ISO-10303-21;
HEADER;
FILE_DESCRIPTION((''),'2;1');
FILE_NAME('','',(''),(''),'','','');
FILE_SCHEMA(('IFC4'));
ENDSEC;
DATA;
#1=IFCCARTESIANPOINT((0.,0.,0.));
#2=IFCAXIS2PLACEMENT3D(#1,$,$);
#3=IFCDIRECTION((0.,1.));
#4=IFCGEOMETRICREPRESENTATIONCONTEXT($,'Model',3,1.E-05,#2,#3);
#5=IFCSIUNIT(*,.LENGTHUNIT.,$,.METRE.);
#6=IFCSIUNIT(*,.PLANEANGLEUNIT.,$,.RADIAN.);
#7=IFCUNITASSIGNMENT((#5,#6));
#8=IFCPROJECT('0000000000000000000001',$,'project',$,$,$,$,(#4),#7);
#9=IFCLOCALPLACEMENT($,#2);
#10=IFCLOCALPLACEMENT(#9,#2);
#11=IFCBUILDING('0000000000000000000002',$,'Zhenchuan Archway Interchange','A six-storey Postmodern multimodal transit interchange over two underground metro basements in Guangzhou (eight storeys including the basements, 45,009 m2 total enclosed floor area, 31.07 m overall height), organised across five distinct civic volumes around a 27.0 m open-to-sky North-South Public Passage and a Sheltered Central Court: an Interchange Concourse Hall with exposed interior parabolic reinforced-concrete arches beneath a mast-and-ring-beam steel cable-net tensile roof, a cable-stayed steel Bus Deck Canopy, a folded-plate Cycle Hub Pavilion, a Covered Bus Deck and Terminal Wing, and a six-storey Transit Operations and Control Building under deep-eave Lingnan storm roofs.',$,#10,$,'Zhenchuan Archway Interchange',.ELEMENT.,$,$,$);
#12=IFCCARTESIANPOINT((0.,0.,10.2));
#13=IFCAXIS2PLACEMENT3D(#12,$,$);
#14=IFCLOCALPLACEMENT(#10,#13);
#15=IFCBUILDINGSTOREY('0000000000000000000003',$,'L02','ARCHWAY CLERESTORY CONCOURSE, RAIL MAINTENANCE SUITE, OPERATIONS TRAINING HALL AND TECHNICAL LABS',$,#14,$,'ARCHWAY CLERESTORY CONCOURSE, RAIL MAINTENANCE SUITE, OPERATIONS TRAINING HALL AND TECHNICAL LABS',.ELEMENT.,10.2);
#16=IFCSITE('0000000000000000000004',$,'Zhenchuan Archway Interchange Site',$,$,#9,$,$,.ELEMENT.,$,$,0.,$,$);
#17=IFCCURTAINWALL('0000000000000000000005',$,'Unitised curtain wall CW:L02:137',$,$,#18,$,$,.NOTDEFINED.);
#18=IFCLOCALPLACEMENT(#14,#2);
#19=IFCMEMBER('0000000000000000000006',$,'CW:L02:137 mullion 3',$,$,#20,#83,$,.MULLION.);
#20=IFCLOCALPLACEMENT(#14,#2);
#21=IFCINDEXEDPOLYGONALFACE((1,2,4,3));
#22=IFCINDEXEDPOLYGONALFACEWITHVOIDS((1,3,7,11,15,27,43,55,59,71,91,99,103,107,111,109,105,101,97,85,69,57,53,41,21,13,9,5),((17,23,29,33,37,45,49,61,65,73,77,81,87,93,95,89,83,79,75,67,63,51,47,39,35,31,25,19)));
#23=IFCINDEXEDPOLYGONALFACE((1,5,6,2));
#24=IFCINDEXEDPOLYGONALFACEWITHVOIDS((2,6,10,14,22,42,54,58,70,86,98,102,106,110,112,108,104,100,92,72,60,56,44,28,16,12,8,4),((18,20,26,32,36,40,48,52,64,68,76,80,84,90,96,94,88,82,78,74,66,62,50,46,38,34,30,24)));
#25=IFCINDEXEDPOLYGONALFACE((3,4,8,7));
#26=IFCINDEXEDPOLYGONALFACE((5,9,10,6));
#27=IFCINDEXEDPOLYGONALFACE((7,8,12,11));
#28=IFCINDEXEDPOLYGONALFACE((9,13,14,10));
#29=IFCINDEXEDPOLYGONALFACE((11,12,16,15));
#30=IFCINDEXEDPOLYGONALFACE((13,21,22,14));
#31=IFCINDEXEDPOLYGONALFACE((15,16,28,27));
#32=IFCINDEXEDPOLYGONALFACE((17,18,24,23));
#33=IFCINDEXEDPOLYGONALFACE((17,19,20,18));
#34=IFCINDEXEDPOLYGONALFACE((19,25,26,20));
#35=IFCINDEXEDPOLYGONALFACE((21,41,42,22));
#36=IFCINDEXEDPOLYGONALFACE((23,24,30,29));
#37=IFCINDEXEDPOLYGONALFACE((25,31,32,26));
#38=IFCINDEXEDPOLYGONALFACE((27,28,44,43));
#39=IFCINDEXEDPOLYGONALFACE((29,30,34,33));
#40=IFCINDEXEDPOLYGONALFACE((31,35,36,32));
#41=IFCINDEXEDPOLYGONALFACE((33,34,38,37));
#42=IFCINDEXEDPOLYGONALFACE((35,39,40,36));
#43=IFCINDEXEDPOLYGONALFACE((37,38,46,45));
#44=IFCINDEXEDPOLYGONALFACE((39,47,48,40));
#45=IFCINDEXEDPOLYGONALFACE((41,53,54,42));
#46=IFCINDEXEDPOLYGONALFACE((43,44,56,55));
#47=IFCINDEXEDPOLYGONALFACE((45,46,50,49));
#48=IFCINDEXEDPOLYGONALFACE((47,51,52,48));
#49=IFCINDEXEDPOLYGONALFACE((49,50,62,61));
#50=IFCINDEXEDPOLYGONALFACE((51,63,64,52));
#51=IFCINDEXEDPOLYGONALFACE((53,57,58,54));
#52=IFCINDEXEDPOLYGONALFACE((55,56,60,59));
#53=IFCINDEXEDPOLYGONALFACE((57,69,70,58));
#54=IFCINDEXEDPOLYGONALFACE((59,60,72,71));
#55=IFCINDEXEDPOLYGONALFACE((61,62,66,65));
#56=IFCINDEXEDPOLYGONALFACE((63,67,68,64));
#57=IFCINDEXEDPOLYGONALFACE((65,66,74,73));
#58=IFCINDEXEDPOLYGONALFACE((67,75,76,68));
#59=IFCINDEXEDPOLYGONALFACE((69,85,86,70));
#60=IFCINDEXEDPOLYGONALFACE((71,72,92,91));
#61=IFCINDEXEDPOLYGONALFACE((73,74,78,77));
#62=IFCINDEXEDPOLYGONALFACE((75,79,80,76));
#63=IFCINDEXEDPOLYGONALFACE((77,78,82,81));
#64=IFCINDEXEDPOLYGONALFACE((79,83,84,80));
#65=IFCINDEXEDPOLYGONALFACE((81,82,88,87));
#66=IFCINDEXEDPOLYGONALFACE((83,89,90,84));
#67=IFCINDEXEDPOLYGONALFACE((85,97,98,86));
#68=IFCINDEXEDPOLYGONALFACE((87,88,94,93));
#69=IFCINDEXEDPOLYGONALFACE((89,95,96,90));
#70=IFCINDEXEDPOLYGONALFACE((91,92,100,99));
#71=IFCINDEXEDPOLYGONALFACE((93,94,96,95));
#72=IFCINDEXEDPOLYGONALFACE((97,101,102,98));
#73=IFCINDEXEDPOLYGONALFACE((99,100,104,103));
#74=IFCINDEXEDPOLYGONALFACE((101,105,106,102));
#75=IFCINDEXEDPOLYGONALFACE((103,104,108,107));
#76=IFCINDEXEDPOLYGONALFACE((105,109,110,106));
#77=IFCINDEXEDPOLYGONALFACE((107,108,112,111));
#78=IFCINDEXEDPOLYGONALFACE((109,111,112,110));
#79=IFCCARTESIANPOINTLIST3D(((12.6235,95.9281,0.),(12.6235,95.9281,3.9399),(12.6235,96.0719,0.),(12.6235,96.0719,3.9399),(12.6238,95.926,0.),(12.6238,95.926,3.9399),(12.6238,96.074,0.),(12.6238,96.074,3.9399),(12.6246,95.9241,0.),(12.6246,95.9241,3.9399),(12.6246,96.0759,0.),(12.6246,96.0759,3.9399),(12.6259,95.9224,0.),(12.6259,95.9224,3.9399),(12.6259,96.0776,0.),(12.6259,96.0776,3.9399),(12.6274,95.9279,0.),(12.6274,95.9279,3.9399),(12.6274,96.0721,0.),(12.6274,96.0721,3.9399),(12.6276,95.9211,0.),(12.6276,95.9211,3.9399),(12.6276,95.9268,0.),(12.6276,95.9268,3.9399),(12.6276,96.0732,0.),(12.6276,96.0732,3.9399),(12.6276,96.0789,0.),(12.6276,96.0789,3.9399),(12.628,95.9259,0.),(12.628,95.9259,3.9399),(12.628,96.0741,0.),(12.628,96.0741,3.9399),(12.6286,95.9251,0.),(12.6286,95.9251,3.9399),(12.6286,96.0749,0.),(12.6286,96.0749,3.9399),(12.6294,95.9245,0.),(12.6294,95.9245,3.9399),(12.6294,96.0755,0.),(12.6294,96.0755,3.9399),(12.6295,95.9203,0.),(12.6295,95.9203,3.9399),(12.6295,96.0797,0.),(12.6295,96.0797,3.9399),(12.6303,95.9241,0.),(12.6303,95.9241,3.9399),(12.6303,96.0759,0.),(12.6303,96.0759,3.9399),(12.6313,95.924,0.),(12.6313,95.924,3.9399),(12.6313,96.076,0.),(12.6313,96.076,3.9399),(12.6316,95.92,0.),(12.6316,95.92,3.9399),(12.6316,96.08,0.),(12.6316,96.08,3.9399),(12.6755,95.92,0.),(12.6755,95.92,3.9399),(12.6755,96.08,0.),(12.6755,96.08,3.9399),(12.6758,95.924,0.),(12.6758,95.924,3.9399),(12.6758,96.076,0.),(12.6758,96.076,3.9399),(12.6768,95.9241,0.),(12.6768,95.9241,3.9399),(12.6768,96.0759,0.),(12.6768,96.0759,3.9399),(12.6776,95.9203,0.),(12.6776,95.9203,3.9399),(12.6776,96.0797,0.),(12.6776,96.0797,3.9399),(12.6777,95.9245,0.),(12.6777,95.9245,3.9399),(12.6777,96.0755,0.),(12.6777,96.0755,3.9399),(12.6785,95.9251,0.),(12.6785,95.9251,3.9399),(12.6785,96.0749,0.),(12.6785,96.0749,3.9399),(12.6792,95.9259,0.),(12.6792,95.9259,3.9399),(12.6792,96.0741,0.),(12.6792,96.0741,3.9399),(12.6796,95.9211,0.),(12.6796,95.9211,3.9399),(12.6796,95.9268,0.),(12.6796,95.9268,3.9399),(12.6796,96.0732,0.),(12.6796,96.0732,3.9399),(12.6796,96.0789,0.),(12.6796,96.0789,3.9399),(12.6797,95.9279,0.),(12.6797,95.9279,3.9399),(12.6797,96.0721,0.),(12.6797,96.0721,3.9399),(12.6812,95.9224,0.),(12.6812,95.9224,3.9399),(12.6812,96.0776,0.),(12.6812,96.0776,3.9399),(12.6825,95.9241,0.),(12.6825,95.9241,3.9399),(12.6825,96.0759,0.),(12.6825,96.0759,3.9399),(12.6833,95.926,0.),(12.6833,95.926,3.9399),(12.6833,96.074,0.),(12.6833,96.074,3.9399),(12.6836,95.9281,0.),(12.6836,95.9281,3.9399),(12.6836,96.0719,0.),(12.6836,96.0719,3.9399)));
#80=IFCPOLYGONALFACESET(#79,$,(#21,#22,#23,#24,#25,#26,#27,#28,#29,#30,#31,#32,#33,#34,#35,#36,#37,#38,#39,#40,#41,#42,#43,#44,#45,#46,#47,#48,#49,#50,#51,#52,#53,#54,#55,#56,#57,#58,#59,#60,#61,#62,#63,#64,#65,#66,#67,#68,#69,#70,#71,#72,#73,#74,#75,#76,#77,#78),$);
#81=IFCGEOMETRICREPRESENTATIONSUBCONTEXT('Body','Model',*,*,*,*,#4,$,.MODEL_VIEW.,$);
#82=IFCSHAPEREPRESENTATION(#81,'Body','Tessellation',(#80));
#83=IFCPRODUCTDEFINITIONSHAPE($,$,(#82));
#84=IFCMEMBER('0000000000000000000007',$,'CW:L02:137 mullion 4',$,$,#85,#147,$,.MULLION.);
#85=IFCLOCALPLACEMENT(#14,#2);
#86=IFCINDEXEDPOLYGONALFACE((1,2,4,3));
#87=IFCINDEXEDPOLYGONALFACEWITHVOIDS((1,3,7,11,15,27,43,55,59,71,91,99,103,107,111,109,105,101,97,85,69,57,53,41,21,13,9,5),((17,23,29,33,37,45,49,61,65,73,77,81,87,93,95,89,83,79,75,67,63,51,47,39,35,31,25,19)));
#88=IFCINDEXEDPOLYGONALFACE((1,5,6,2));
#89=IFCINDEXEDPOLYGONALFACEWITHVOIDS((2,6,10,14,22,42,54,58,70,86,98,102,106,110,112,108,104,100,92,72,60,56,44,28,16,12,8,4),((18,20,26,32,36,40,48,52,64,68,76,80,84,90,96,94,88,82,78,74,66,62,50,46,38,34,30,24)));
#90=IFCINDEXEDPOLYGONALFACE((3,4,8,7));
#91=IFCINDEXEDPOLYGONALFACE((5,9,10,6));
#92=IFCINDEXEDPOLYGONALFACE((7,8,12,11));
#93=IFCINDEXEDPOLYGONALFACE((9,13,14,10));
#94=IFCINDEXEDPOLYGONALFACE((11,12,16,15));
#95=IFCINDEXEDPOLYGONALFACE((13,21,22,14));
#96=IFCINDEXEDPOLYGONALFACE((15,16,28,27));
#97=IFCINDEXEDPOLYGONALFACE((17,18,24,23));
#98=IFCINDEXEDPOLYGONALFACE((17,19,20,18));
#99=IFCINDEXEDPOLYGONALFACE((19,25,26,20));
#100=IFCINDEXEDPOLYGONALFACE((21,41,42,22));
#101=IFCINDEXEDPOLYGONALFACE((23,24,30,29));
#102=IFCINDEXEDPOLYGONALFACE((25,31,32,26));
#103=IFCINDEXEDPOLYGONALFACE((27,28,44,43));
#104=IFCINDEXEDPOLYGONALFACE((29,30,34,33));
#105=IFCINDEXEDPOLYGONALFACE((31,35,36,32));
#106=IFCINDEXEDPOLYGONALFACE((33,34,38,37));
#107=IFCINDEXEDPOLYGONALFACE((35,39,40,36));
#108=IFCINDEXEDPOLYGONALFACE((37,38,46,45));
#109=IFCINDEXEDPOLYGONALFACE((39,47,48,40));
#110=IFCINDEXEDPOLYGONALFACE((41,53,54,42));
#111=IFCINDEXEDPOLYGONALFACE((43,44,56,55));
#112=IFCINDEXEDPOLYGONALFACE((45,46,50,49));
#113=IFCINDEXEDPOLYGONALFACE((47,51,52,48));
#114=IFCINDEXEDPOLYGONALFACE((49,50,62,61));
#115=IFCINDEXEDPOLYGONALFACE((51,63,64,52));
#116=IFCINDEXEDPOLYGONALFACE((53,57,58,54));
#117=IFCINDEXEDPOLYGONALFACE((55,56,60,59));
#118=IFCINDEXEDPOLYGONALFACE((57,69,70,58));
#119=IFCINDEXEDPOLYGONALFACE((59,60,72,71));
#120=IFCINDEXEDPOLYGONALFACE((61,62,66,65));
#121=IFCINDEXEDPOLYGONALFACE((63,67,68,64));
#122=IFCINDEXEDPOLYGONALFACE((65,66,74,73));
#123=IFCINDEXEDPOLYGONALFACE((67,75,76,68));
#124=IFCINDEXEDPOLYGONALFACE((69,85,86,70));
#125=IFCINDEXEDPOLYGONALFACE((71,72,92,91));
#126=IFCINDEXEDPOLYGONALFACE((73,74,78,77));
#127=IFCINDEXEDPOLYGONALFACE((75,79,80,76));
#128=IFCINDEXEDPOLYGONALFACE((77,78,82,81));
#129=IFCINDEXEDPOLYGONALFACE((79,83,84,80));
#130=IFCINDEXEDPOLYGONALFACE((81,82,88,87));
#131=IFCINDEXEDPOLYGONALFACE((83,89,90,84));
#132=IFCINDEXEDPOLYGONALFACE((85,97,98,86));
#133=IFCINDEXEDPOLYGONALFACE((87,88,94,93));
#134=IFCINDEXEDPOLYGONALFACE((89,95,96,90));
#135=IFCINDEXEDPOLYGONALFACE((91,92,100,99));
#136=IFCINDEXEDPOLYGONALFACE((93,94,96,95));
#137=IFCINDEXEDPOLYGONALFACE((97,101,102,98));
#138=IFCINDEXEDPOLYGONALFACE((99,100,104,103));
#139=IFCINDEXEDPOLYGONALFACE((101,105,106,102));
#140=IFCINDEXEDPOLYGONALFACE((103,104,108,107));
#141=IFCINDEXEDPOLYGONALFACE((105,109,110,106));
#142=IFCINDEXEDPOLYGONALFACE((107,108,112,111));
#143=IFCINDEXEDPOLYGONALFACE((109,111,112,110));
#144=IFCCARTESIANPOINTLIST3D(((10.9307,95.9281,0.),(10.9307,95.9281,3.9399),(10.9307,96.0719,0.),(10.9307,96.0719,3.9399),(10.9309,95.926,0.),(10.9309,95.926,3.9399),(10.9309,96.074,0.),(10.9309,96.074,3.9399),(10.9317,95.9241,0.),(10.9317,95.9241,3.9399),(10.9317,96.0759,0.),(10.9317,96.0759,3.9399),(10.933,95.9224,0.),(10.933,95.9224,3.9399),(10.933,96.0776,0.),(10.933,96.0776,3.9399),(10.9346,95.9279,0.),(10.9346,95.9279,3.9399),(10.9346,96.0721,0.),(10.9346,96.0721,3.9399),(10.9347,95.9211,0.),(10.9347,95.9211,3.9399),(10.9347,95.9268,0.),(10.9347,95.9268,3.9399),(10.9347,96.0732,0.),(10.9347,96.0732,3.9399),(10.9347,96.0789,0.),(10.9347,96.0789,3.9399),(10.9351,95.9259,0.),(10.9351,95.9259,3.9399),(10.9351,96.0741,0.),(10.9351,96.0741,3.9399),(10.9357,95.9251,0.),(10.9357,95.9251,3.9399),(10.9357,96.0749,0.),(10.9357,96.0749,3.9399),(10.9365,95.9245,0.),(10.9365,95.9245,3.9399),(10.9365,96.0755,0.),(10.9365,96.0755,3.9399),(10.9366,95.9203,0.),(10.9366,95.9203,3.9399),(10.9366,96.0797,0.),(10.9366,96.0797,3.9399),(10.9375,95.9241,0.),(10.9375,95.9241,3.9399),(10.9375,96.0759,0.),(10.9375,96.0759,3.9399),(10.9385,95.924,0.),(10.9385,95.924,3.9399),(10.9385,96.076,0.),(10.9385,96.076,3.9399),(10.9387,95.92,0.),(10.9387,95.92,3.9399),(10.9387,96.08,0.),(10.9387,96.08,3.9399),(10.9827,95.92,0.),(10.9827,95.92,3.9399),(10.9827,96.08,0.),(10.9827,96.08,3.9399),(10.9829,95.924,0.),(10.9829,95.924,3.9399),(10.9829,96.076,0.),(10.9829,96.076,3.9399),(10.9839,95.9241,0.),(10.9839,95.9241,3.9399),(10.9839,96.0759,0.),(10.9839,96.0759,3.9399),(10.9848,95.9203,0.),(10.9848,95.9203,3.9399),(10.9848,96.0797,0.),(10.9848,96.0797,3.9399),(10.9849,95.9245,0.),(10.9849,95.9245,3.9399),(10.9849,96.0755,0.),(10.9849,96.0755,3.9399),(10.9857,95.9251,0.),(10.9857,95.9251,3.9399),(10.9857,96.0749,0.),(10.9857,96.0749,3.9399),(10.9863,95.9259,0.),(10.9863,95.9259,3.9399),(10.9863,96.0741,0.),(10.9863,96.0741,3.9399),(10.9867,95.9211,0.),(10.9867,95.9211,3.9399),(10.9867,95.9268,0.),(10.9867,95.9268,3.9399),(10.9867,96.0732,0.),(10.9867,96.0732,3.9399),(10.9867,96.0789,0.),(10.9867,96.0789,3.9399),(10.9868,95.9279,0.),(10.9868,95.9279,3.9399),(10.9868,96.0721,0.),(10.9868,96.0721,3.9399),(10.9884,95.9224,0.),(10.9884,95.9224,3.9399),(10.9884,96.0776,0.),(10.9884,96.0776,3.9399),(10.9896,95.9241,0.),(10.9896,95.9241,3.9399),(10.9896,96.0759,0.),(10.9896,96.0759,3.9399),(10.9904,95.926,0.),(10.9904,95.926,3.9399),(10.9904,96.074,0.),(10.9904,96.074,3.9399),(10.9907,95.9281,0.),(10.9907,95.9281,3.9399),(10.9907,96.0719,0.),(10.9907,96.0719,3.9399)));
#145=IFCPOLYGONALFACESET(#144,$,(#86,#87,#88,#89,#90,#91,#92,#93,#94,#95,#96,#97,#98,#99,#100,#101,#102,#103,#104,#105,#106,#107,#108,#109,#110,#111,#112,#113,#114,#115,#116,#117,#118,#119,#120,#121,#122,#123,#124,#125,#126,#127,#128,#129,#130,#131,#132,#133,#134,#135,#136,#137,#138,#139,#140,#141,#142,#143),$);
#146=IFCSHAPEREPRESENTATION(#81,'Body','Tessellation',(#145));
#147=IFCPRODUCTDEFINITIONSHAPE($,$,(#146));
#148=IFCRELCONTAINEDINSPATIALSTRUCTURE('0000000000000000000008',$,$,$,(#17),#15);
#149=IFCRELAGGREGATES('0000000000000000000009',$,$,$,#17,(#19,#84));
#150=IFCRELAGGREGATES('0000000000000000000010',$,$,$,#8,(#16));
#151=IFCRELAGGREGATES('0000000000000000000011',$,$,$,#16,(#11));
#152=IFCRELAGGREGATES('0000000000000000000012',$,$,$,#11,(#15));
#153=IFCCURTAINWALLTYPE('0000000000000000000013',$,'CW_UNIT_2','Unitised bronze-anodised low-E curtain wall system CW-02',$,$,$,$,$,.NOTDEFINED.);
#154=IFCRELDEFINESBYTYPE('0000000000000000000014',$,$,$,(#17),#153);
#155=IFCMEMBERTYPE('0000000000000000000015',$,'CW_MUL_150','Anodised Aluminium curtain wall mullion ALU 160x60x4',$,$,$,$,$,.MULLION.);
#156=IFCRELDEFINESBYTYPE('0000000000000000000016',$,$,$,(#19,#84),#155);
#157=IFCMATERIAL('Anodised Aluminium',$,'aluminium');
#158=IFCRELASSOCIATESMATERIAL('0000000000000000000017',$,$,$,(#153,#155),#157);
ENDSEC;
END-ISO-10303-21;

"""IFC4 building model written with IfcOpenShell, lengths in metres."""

from ifc_helpers import new_model, si_unit, direction, frame, origin, origin_2d, place, context, subcontext, project, spatial, hollow_rectangle, extrude, material, material_profile, profile_set, type_object, element, aggregate, save


model = new_model("IFC4")

# Units and contexts
model_context = context("Model", 3, precision=1e-05, world=origin(), true_north=direction((0.0, 1.0)))
body_context = subcontext(model_context, "Body", "Model", "MODEL_VIEW")
ifc_project = project(units=[si_unit("LENGTHUNIT", "METRE"), si_unit("PLANEANGLEUNIT", "RADIAN")], contexts=[model_context])

# Site, building, storey
site_placement = place(None, origin())
site = spatial("IfcSite", under=ifc_project, at=site_placement, Name="Zhenchuan Archway Interchange Site", CompositionType="ELEMENT", RefElevation=0.0)
building_placement = place(site_placement, origin())
building = spatial("IfcBuilding", under=site, at=building_placement, Name="Zhenchuan Archway Interchange", Description="A six-storey Postmodern multimodal transit interchange over two underground metro basements in Guangzhou (eight storeys including the basements, 45,009 m2 total enclosed floor area, 31.07 m overall height), organised across five distinct civic volumes around a 27.0 m open-to-sky North-South Public Passage and a Sheltered Central Court: an Interchange Concourse Hall with exposed interior parabolic reinforced-concrete arches beneath a mast-and-ring-beam steel cable-net tensile roof, a cable-stayed steel Bus Deck Canopy, a folded-plate Cycle Hub Pavilion, a Covered Bus Deck and Terminal Wing, and a six-storey Transit Operations and Control Building under deep-eave Lingnan storm roofs.", LongName="Zhenchuan Archway Interchange", CompositionType="ELEMENT")
storey_placement = place(building_placement, frame((0.0, 0.0, 10.2)))
storey = spatial("IfcBuildingStorey", under=building, at=storey_placement, Name="L02", Description="ARCHWAY CLERESTORY CONCOURSE, RAIL MAINTENANCE SUITE, OPERATIONS TRAINING HALL AND TECHNICAL LABS", LongName="ARCHWAY CLERESTORY CONCOURSE, RAIL MAINTENANCE SUITE, OPERATIONS TRAINING HALL AND TECHNICAL LABS", CompositionType="ELEMENT", Elevation=10.2)

# Curtain wall, members
ifc_material_1 = material(Name="Anodised Aluminium", Category="aluminium")
curtain_wall_type = type_object("IfcCurtainWallType", Name="CW_UNIT_2", Description="Unitised bronze-anodised low-E curtain wall system CW-02", PredefinedType="NOTDEFINED", material=ifc_material_1)
curtain_wall_placement = place(storey_placement, origin())
curtain_wall = element("IfcCurtainWall", 1, at=curtain_wall_placement, inside=storey, type_object=curtain_wall_type, Name="Unitised curtain wall CW:L02:137", PredefinedType="NOTDEFINED")
ifc_material_profile_1 = material_profile(ifc_material_1, hollow_rectangle(XDim=0.0601, YDim=0.1599, WallThickness=0.0039, InnerFilletRadius=0.0039, OuterFilletRadius=0.0081, at=origin_2d()), Name="ALU 160x60x4")
ifc_profile_set_1 = profile_set([ifc_material_profile_1], Name="Anodised Aluminium")
member_type_1 = type_object("IfcMemberType", Name="CW_MUL_150", Description="Anodised Aluminium curtain wall mullion ALU 160x60x4", PredefinedType="MULLION", material=ifc_profile_set_1)
member_1_placement = place(storey_placement, frame((12.6536, 96.0, 0.0), z_axis=(0.0, 0.0, 1.0), x_axis=(1.0, 0.0, 0.0)))
member_1 = element("IfcMember", 2, at=member_1_placement, type_object=member_type_1, Name="CW:L02:137 mullion 3", PredefinedType="MULLION", context=body_context, shape_type="SweptSolid", body=[
    extrude(hollow_rectangle(XDim=0.0601, YDim=0.1599, WallThickness=0.0039, InnerFilletRadius=0.0039, OuterFilletRadius=0.0081, at=origin_2d()), origin(), (0.0, 0.0, 1.0), 3.9399),
])
member_2_placement = place(storey_placement, frame((10.9607, 96.0, 0.0), z_axis=(0.0, 0.0, 1.0), x_axis=(1.0, 0.0, 0.0)))
member_2 = element("IfcMember", 3, at=member_2_placement, type_object=member_type_1, Name="CW:L02:137 mullion 4", PredefinedType="MULLION", context=body_context, shape_type="SweptSolid", body=[
    extrude(hollow_rectangle(XDim=0.0601, YDim=0.1599, WallThickness=0.0039, InnerFilletRadius=0.0039, OuterFilletRadius=0.0081, at=origin_2d()), origin(), (0.0, 0.0, 1.0), 3.9399),
])

aggregate(curtain_wall, [member_1, member_2])

save(model, "model.ifc")
